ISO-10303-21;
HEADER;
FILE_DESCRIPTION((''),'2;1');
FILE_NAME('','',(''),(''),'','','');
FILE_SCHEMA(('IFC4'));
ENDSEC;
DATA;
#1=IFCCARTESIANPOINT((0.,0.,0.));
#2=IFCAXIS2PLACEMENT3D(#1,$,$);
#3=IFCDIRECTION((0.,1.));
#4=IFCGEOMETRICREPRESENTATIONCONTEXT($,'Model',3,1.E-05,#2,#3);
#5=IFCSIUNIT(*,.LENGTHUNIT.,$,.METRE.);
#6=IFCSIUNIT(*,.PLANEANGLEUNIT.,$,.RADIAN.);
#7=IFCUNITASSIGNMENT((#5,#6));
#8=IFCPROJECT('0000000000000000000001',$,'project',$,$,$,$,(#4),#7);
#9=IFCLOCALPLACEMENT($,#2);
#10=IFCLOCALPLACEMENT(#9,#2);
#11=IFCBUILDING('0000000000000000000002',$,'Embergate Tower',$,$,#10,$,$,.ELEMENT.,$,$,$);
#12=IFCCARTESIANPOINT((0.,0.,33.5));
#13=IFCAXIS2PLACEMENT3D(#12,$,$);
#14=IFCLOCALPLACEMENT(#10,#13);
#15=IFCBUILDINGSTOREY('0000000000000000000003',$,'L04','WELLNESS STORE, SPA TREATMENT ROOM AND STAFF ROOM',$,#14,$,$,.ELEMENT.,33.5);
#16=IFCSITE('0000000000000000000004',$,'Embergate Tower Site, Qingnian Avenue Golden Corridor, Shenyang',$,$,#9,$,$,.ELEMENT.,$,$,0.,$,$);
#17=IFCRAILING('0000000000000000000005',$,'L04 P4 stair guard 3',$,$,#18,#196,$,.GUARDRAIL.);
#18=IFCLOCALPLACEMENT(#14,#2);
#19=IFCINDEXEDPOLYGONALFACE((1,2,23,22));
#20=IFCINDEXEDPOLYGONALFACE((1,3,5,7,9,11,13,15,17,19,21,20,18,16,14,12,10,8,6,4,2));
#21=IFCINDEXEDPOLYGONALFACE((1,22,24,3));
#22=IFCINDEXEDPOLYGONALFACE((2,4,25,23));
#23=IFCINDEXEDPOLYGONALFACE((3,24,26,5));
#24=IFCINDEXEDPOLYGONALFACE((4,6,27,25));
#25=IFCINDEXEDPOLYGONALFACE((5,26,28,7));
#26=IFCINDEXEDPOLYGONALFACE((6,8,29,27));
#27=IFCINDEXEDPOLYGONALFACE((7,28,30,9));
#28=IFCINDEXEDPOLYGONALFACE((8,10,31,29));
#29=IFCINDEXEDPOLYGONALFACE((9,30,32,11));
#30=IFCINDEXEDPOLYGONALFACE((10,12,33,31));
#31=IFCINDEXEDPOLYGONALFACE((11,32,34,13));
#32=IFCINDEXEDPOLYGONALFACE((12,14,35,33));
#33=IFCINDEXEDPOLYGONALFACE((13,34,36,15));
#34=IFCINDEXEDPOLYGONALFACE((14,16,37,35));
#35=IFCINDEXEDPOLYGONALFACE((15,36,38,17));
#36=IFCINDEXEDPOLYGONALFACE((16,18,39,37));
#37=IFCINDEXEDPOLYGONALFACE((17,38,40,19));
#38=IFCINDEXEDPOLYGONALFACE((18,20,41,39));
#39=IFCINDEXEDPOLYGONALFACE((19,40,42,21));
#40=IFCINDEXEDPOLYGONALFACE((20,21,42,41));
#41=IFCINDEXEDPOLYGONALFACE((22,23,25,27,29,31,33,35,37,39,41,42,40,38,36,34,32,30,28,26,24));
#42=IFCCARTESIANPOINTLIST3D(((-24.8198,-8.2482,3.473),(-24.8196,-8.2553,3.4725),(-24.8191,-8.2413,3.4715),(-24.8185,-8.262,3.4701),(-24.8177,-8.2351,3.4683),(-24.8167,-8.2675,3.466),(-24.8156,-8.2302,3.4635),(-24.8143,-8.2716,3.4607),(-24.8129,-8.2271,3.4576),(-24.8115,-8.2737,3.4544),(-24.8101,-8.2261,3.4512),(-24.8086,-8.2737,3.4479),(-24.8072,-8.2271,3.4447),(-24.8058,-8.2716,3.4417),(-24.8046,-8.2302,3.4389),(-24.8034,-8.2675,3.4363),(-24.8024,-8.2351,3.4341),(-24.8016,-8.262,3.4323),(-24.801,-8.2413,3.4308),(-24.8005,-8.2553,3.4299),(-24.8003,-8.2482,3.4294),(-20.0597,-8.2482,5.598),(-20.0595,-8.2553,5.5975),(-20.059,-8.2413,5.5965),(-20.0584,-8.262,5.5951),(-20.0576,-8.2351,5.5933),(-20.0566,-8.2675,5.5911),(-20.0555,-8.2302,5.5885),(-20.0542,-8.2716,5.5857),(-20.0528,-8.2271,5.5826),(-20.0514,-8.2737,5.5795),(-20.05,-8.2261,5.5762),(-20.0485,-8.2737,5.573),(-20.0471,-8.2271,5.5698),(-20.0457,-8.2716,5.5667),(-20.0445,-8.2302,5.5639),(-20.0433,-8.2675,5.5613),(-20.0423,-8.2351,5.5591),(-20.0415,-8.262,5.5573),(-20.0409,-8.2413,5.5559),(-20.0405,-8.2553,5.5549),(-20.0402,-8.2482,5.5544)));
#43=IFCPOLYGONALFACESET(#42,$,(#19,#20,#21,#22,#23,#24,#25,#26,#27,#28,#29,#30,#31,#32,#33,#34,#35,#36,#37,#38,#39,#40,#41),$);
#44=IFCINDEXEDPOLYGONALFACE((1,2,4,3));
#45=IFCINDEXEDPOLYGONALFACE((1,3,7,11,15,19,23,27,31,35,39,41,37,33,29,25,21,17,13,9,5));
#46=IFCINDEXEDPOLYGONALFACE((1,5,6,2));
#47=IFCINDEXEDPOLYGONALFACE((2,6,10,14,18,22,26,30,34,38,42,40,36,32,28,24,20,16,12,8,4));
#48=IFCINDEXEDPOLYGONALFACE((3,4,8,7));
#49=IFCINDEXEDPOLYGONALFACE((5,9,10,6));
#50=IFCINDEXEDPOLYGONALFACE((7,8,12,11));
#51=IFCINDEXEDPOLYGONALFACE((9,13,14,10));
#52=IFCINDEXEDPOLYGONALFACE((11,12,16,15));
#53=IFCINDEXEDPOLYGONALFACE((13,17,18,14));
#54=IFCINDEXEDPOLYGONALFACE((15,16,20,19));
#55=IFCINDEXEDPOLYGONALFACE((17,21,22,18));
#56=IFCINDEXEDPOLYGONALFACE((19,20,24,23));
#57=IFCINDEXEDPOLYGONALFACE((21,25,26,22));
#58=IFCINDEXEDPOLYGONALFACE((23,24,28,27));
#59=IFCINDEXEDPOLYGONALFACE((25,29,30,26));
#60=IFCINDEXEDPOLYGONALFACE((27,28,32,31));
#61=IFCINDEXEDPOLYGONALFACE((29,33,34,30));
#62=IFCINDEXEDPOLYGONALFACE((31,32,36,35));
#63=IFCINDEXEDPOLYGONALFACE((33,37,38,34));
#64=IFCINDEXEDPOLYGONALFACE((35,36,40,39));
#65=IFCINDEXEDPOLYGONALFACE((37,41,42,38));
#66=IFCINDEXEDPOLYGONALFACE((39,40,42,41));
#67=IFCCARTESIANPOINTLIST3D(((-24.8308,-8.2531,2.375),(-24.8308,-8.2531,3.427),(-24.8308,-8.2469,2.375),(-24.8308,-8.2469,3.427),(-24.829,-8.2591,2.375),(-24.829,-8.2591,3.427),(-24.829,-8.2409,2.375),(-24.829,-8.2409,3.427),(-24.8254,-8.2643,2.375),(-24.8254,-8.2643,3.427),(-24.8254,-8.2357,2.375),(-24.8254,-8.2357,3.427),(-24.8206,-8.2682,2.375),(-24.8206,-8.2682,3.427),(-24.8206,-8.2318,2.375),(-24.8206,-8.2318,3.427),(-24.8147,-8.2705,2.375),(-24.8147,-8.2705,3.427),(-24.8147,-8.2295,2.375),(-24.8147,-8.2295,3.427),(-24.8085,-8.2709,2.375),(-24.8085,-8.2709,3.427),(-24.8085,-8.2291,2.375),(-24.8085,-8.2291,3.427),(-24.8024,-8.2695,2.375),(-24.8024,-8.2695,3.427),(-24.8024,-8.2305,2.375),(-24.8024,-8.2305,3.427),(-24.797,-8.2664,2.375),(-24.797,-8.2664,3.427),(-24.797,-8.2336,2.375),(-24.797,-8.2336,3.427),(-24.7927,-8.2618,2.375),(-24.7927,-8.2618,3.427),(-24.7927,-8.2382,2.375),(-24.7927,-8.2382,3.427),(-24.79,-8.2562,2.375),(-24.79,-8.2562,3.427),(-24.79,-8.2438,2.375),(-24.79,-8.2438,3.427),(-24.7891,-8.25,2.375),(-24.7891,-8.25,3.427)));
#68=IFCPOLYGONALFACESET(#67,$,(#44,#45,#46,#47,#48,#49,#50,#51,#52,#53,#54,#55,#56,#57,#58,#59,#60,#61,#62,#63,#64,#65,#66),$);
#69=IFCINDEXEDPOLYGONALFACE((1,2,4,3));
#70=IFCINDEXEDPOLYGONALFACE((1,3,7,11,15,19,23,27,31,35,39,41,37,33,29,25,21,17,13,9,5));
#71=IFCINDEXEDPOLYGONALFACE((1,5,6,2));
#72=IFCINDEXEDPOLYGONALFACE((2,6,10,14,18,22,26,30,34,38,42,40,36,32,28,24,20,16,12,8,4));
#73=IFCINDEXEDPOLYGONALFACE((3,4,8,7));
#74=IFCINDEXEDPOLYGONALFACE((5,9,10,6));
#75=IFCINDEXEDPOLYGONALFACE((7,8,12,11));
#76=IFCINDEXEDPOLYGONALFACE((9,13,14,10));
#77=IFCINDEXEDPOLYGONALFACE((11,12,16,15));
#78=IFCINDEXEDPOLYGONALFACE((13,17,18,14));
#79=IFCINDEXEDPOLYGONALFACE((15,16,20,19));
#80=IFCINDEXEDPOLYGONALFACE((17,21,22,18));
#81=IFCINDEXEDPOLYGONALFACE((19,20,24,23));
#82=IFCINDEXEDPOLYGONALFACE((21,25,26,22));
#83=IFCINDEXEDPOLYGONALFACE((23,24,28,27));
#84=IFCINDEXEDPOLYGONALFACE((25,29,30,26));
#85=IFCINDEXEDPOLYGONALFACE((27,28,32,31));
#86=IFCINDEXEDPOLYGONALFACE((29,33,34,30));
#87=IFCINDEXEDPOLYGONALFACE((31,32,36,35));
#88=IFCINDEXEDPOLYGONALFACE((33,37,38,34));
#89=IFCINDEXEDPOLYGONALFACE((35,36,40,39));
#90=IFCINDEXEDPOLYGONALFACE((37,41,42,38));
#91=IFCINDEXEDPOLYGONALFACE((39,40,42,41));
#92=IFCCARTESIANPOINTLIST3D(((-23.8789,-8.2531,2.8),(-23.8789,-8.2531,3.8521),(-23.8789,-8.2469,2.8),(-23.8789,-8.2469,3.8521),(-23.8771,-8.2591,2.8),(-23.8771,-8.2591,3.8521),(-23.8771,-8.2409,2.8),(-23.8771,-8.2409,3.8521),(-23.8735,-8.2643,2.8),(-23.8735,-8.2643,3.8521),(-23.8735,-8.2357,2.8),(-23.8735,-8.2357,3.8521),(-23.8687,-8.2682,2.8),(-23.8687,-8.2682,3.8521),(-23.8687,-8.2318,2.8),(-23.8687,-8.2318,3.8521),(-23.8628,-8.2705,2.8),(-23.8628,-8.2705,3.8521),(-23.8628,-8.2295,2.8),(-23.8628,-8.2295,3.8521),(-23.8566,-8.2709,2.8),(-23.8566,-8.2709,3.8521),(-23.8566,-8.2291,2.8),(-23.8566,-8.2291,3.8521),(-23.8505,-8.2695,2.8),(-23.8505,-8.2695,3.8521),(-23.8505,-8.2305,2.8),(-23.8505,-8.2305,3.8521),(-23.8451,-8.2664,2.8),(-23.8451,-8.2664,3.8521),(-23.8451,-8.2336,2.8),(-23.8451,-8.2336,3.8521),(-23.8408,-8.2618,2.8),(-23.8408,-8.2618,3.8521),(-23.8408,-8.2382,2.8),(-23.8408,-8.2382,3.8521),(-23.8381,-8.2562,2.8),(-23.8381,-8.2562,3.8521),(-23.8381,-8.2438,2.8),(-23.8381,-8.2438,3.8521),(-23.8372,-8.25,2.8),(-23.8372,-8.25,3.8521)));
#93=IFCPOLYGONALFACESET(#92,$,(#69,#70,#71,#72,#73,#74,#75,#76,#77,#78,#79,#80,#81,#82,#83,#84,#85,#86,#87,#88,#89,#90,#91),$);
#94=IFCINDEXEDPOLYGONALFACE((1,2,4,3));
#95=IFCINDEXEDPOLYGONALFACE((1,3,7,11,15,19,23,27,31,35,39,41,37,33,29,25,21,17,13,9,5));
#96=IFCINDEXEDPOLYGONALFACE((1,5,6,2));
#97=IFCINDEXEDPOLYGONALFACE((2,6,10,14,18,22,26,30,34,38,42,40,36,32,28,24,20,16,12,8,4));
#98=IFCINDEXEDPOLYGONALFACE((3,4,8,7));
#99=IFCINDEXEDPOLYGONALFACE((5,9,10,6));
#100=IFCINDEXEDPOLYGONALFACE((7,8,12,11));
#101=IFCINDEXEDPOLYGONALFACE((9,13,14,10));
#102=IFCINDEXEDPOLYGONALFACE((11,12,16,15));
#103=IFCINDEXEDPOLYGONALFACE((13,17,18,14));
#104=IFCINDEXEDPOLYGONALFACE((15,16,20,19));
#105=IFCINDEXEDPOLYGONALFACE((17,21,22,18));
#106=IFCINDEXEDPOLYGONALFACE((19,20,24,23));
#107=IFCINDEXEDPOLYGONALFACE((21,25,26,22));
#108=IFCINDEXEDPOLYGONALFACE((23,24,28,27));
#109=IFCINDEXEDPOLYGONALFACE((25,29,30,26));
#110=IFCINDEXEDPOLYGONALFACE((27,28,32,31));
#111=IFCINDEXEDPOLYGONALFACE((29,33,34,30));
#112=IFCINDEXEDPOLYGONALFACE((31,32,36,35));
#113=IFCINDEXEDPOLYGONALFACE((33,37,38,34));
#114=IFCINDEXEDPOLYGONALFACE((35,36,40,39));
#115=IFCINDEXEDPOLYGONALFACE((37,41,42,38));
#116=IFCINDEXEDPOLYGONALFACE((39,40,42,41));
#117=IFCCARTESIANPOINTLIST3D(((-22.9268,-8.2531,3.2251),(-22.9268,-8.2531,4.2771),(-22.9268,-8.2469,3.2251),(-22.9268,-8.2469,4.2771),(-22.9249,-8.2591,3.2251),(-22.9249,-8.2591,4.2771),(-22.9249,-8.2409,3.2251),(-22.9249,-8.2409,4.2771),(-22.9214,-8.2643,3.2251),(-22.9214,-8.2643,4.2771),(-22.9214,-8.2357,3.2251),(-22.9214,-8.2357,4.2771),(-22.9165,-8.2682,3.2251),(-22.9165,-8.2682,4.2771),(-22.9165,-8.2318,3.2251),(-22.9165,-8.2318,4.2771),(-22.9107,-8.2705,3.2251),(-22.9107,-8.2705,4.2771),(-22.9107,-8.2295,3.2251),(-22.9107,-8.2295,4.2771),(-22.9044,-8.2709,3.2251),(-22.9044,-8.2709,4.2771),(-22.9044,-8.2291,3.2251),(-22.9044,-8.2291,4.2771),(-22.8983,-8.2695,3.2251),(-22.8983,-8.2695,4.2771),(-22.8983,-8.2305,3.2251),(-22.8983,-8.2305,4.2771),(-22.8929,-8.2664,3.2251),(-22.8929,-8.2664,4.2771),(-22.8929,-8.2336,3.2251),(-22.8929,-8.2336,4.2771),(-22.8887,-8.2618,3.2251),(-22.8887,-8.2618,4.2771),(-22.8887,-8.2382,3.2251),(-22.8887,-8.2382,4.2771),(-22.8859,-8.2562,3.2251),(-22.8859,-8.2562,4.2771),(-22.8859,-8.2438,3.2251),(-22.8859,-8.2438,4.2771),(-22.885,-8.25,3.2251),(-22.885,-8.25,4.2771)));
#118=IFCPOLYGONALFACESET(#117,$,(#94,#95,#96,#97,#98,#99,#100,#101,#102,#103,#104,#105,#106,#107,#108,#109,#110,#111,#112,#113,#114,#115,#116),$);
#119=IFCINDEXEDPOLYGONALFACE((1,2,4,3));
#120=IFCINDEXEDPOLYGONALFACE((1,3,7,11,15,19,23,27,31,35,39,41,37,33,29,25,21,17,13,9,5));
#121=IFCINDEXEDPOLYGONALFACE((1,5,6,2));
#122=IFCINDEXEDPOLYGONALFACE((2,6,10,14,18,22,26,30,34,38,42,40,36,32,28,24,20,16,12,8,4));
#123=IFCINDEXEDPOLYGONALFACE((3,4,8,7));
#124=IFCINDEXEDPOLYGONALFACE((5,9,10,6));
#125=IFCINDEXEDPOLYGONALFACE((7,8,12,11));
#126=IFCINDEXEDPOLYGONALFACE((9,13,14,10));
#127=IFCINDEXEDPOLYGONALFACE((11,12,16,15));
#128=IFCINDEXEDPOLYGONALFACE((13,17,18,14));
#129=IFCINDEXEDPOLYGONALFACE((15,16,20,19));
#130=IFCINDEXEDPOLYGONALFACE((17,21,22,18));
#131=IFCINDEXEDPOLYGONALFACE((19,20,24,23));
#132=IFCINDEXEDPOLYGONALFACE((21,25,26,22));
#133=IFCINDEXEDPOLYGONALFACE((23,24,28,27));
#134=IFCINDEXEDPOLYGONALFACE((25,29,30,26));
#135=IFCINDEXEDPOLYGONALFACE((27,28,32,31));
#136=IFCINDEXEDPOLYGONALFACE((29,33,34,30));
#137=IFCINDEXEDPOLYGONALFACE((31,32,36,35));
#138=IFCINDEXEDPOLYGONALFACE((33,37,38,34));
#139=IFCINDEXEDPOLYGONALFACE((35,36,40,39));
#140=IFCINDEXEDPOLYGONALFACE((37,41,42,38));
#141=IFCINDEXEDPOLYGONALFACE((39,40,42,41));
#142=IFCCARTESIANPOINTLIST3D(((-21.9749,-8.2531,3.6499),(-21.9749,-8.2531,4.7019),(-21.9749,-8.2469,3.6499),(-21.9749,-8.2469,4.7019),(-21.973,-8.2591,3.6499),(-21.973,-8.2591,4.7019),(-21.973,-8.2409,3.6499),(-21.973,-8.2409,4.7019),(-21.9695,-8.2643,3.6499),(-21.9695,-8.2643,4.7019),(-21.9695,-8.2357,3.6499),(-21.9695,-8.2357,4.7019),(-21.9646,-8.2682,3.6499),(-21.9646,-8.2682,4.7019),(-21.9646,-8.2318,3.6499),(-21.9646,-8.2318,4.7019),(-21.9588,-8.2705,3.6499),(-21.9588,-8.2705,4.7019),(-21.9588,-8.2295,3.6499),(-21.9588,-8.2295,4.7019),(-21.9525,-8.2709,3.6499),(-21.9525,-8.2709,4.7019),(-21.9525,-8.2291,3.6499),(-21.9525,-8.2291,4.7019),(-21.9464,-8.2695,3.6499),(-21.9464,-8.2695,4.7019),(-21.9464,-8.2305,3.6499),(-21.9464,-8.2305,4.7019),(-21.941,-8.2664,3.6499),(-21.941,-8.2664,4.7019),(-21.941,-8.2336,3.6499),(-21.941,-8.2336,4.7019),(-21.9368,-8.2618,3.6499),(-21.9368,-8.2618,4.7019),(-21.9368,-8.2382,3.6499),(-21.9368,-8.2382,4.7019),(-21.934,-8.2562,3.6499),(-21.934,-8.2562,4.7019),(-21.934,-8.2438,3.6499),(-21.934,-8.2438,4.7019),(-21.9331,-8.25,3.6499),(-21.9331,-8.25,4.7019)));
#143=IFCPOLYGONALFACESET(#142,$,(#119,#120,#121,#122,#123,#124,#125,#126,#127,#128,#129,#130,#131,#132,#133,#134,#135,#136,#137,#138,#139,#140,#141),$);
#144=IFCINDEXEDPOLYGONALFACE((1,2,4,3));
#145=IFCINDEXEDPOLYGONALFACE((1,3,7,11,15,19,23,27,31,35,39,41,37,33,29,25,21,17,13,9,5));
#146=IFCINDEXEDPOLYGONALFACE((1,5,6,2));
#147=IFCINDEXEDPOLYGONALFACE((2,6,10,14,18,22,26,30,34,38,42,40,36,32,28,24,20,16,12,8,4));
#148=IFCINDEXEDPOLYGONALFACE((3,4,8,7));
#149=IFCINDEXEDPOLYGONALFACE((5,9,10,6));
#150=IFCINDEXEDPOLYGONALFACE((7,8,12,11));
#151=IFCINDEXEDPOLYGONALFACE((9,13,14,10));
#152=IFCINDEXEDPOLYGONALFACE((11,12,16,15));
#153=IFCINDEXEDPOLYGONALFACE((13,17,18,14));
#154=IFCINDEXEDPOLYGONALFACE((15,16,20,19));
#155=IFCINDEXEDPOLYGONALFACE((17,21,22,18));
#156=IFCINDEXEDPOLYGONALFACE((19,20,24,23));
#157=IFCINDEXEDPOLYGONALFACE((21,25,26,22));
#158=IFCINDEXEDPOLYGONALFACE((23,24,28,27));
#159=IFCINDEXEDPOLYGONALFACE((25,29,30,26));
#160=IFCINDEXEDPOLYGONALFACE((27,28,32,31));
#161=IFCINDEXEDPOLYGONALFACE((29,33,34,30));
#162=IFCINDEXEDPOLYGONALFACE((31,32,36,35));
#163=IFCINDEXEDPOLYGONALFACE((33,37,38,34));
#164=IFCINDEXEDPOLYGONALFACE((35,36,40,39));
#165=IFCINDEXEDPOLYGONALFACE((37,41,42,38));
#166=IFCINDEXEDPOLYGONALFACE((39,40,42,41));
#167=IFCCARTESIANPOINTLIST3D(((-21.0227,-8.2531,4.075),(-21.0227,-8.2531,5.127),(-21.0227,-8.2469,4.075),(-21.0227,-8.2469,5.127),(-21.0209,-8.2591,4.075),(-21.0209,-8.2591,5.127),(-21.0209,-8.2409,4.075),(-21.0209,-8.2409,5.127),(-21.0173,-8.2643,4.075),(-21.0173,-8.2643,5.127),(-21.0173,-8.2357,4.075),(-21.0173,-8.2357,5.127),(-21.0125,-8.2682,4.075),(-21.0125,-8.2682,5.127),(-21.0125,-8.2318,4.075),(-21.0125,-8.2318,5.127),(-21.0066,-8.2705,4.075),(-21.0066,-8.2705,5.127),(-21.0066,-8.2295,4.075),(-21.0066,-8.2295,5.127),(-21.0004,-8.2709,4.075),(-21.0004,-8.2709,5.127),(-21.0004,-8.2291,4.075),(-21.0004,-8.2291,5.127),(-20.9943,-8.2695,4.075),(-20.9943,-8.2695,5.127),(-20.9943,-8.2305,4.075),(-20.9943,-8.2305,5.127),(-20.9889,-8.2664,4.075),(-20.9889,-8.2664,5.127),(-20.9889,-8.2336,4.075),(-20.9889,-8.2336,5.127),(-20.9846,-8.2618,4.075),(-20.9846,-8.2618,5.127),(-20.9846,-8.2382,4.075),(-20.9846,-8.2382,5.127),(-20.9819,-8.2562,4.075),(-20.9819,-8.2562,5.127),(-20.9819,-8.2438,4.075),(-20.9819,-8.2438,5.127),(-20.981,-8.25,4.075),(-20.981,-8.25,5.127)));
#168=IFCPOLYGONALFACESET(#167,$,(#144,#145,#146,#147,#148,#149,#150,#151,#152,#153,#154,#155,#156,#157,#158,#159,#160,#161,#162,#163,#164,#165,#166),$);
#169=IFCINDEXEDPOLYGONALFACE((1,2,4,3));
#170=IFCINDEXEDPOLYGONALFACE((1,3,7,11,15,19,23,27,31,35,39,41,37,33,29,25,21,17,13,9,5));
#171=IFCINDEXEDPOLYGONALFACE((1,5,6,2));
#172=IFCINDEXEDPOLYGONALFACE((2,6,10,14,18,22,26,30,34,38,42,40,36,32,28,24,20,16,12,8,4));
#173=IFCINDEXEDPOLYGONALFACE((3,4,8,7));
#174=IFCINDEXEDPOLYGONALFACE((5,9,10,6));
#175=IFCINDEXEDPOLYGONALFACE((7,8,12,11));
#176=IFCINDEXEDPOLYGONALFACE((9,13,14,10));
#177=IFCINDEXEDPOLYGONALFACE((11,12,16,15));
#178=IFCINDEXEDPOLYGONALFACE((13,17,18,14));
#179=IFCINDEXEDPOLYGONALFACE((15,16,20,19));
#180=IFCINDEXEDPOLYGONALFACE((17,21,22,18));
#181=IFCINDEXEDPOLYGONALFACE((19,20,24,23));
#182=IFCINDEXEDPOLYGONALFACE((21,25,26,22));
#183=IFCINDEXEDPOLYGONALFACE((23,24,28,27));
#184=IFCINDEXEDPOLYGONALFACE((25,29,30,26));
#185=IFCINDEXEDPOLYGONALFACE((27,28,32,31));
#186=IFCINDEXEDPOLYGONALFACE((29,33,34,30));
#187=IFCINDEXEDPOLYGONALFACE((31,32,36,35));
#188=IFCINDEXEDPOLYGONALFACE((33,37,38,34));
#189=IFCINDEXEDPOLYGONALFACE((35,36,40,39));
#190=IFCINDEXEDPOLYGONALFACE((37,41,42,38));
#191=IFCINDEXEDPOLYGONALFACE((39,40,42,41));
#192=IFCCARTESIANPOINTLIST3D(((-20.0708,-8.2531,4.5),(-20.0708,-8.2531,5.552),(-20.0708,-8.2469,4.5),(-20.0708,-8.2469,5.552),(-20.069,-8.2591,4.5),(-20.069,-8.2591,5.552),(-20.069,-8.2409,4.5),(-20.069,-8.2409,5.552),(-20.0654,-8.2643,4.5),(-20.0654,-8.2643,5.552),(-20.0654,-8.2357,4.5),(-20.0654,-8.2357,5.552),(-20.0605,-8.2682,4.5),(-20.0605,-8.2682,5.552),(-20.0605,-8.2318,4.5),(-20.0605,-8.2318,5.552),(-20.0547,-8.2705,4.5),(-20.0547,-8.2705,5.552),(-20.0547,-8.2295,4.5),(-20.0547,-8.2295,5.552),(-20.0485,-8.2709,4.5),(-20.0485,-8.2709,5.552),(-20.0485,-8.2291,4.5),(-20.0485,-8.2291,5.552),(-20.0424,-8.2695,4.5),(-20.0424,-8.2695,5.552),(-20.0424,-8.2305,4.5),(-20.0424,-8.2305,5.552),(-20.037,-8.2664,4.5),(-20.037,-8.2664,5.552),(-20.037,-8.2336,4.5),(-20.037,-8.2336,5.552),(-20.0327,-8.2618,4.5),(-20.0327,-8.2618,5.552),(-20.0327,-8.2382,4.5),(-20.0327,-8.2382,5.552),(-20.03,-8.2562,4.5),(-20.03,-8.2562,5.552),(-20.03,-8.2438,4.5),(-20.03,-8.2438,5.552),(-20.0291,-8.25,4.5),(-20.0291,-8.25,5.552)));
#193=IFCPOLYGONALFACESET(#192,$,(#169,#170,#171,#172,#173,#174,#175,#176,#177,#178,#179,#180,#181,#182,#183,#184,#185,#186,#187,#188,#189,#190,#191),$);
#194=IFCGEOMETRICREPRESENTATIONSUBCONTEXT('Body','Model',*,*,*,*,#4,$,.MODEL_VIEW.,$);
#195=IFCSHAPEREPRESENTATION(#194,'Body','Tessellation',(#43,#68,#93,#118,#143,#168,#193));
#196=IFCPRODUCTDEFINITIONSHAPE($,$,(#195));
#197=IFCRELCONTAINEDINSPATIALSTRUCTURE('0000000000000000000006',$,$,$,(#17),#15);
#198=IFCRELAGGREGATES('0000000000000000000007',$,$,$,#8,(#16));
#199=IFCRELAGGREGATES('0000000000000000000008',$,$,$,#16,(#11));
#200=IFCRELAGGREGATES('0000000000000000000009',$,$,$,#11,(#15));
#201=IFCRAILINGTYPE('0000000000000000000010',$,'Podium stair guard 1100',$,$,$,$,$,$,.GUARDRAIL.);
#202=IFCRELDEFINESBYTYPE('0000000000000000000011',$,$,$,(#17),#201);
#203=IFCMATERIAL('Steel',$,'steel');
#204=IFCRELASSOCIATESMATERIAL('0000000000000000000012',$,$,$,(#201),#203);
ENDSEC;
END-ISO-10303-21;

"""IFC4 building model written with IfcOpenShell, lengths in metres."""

from ifc_helpers import new_model, si_unit, direction, frame, origin, origin_2d, place, context, subcontext, project, spatial, circle, extrude, source, transform, mapped, material, type_object, element, save


model = new_model("IFC4")

# Units and contexts
model_context = context("Model", 3, precision=1e-05, world=origin(), true_north=direction((0.0, 1.0)))
body_context = subcontext(model_context, "Body", "Model", "MODEL_VIEW")
ifc_project = project(units=[si_unit("LENGTHUNIT", "METRE"), si_unit("PLANEANGLEUNIT", "RADIAN")], contexts=[model_context])

# Site, building, storey
site_placement = place(None, origin())
site = spatial("IfcSite", under=ifc_project, at=site_placement, Name="Embergate Tower Site, Qingnian Avenue Golden Corridor, Shenyang", CompositionType="ELEMENT", RefElevation=0.0)
building_placement = place(site_placement, origin())
building = spatial("IfcBuilding", under=site, at=building_placement, Name="Embergate Tower", CompositionType="ELEMENT")
storey_placement = place(building_placement, frame((0.0, 0.0, 33.5)))
storey = spatial("IfcBuildingStorey", under=building, at=storey_placement, Name="L04", Description="WELLNESS STORE, SPA TREATMENT ROOM AND STAFF ROOM", CompositionType="ELEMENT", Elevation=33.5)

# Railing
ifc_material_1 = material(Name="Steel", Category="steel")
railing_type_1 = type_object("IfcRailingType", Name="Podium stair guard 1100", PredefinedType="GUARDRAIL", material=ifc_material_1)
shared_shape_1 = source(origin(), body_context, "Body", "SweptSolid", [
    extrude(circle(Radius=0.0239, at=origin_2d()), frame((0.0, 0.0, 1.0762), z_axis=(0.913138, 0.0, 0.40765), x_axis=(0.0, 1.0, 0.0)), (0.0, 0.0, 1.0), 5.2129),
    extrude(circle(Radius=0.021, at=origin_2d()), origin(), (0.0, 0.0, 1.0), 1.052),
    extrude(circle(Radius=0.021, at=origin_2d()), frame((0.9519, 0.0, 0.425)), (0.0, 0.0, 1.0), 1.052),
    extrude(circle(Radius=0.021, at=origin_2d()), frame((1.9041, 0.0, 0.8501)), (0.0, 0.0, 1.0), 1.052),
    extrude(circle(Radius=0.021, at=origin_2d()), frame((2.856, 0.0, 1.2749)), (0.0, 0.0, 1.0), 1.052),
    extrude(circle(Radius=0.021, at=origin_2d()), frame((3.8081, 0.0, 1.7)), (0.0, 0.0, 1.0), 1.052),
    extrude(circle(Radius=0.021, at=origin_2d()), frame((4.76, 0.0, 2.125)), (0.0, 0.0, 1.0), 1.052),
])
railing_1_placement = place(storey_placement, frame((-24.8101, -8.25, 2.375)))
element("IfcRailing", 1, at=railing_1_placement, inside=storey, type_object=railing_type_1, Name="L04 P4 stair guard 3", PredefinedType="GUARDRAIL", context=body_context, shape_type="MappedRepresentation", body=[
    mapped(shared_shape_1, transform((0.0, 0.0, 0.0))),
])

save(model, "model.ifc")
